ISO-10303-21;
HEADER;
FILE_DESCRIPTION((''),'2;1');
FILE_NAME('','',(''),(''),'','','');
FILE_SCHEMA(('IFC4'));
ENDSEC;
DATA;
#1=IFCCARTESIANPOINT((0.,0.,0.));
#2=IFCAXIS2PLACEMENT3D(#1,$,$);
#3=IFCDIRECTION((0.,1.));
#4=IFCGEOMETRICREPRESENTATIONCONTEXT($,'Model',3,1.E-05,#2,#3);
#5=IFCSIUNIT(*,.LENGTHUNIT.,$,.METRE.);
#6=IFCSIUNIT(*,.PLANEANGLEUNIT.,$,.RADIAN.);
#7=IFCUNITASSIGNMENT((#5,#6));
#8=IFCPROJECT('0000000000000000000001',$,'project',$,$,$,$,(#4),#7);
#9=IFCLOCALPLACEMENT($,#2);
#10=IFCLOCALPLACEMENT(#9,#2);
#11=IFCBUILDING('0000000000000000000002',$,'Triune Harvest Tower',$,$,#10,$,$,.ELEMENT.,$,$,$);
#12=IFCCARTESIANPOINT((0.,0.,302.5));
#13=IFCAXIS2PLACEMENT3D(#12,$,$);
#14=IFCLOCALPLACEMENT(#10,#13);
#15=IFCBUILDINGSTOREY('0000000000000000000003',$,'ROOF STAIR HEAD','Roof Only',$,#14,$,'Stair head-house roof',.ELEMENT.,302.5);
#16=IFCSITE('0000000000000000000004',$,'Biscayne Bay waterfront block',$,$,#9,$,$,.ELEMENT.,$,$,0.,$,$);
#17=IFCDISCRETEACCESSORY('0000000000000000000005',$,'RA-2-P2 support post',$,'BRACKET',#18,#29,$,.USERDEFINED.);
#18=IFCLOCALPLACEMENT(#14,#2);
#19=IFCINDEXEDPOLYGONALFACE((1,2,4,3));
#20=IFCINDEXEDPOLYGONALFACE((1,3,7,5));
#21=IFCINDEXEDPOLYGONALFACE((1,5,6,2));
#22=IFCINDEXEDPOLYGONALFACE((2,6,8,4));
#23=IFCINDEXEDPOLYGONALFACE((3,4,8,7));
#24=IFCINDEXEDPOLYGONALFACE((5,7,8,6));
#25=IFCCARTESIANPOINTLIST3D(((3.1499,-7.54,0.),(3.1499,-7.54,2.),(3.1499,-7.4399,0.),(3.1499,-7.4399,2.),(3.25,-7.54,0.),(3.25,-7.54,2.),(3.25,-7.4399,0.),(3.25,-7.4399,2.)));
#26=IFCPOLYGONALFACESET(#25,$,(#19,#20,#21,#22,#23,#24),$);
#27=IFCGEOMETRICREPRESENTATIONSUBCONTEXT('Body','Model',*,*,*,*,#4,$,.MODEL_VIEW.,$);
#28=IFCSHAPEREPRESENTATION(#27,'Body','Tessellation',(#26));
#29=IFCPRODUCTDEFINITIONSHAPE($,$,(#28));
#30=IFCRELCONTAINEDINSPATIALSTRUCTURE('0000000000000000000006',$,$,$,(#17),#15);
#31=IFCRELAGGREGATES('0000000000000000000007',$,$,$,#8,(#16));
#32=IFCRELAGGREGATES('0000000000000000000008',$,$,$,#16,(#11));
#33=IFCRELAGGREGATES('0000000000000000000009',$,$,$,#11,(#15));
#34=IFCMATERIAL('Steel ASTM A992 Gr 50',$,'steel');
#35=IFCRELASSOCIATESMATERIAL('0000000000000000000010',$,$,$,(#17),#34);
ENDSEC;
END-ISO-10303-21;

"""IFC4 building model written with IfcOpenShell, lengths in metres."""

from ifc_helpers import new_model, si_unit, direction, frame, origin, origin_2d, place, context, subcontext, project, spatial, rectangle, extrude, source, transform, mapped, material, element, save


model = new_model("IFC4")

# Units and contexts
model_context = context("Model", 3, precision=1e-05, world=origin(), true_north=direction((0.0, 1.0)))
body_context = subcontext(model_context, "Body", "Model", "MODEL_VIEW")
ifc_project = project(units=[si_unit("LENGTHUNIT", "METRE"), si_unit("PLANEANGLEUNIT", "RADIAN")], contexts=[model_context])

# Site, building, storey
site_placement = place(None, origin())
site = spatial("IfcSite", under=ifc_project, at=site_placement, Name="Biscayne Bay waterfront block", CompositionType="ELEMENT", RefElevation=0.0)
building_placement = place(site_placement, origin())
building = spatial("IfcBuilding", under=site, at=building_placement, Name="Triune Harvest Tower", CompositionType="ELEMENT")
storey_placement = place(building_placement, frame((0.0, 0.0, 302.5)))
storey = spatial("IfcBuildingStorey", under=building, at=storey_placement, Name="ROOF STAIR HEAD", Description="Roof Only", LongName="Stair head-house roof", CompositionType="ELEMENT", Elevation=302.5)

# Discrete accessory
ifc_material_1 = material(Name="Steel ASTM A992 Gr 50", Category="steel")
shared_shape_1 = source(origin(), body_context, "Body", "SweptSolid", [
    extrude(rectangle(XDim=0.1001, YDim=0.1001, at=origin_2d()), origin(), (0.0, 0.0, 1.0), 2.0),
])
for number, where, z_axis, x_axis, name in (
    (1, (3.2, -7.49, 0.0), (0.0, 0.0, 1.0), (1.0, 0.0, 0.0), "RA-2-P2 support post"),
):
    element("IfcDiscreteAccessory", number, at=place(storey_placement, frame(where, z_axis=z_axis, x_axis=x_axis)), inside=storey, material=ifc_material_1, Name=name, ObjectType="BRACKET", PredefinedType="USERDEFINED", context=body_context, shape_type="MappedRepresentation", body=[
        mapped(shared_shape_1, transform((0.0, 0.0, 0.0), scale=1.0)),
    ])

save(model, "model.ifc")
